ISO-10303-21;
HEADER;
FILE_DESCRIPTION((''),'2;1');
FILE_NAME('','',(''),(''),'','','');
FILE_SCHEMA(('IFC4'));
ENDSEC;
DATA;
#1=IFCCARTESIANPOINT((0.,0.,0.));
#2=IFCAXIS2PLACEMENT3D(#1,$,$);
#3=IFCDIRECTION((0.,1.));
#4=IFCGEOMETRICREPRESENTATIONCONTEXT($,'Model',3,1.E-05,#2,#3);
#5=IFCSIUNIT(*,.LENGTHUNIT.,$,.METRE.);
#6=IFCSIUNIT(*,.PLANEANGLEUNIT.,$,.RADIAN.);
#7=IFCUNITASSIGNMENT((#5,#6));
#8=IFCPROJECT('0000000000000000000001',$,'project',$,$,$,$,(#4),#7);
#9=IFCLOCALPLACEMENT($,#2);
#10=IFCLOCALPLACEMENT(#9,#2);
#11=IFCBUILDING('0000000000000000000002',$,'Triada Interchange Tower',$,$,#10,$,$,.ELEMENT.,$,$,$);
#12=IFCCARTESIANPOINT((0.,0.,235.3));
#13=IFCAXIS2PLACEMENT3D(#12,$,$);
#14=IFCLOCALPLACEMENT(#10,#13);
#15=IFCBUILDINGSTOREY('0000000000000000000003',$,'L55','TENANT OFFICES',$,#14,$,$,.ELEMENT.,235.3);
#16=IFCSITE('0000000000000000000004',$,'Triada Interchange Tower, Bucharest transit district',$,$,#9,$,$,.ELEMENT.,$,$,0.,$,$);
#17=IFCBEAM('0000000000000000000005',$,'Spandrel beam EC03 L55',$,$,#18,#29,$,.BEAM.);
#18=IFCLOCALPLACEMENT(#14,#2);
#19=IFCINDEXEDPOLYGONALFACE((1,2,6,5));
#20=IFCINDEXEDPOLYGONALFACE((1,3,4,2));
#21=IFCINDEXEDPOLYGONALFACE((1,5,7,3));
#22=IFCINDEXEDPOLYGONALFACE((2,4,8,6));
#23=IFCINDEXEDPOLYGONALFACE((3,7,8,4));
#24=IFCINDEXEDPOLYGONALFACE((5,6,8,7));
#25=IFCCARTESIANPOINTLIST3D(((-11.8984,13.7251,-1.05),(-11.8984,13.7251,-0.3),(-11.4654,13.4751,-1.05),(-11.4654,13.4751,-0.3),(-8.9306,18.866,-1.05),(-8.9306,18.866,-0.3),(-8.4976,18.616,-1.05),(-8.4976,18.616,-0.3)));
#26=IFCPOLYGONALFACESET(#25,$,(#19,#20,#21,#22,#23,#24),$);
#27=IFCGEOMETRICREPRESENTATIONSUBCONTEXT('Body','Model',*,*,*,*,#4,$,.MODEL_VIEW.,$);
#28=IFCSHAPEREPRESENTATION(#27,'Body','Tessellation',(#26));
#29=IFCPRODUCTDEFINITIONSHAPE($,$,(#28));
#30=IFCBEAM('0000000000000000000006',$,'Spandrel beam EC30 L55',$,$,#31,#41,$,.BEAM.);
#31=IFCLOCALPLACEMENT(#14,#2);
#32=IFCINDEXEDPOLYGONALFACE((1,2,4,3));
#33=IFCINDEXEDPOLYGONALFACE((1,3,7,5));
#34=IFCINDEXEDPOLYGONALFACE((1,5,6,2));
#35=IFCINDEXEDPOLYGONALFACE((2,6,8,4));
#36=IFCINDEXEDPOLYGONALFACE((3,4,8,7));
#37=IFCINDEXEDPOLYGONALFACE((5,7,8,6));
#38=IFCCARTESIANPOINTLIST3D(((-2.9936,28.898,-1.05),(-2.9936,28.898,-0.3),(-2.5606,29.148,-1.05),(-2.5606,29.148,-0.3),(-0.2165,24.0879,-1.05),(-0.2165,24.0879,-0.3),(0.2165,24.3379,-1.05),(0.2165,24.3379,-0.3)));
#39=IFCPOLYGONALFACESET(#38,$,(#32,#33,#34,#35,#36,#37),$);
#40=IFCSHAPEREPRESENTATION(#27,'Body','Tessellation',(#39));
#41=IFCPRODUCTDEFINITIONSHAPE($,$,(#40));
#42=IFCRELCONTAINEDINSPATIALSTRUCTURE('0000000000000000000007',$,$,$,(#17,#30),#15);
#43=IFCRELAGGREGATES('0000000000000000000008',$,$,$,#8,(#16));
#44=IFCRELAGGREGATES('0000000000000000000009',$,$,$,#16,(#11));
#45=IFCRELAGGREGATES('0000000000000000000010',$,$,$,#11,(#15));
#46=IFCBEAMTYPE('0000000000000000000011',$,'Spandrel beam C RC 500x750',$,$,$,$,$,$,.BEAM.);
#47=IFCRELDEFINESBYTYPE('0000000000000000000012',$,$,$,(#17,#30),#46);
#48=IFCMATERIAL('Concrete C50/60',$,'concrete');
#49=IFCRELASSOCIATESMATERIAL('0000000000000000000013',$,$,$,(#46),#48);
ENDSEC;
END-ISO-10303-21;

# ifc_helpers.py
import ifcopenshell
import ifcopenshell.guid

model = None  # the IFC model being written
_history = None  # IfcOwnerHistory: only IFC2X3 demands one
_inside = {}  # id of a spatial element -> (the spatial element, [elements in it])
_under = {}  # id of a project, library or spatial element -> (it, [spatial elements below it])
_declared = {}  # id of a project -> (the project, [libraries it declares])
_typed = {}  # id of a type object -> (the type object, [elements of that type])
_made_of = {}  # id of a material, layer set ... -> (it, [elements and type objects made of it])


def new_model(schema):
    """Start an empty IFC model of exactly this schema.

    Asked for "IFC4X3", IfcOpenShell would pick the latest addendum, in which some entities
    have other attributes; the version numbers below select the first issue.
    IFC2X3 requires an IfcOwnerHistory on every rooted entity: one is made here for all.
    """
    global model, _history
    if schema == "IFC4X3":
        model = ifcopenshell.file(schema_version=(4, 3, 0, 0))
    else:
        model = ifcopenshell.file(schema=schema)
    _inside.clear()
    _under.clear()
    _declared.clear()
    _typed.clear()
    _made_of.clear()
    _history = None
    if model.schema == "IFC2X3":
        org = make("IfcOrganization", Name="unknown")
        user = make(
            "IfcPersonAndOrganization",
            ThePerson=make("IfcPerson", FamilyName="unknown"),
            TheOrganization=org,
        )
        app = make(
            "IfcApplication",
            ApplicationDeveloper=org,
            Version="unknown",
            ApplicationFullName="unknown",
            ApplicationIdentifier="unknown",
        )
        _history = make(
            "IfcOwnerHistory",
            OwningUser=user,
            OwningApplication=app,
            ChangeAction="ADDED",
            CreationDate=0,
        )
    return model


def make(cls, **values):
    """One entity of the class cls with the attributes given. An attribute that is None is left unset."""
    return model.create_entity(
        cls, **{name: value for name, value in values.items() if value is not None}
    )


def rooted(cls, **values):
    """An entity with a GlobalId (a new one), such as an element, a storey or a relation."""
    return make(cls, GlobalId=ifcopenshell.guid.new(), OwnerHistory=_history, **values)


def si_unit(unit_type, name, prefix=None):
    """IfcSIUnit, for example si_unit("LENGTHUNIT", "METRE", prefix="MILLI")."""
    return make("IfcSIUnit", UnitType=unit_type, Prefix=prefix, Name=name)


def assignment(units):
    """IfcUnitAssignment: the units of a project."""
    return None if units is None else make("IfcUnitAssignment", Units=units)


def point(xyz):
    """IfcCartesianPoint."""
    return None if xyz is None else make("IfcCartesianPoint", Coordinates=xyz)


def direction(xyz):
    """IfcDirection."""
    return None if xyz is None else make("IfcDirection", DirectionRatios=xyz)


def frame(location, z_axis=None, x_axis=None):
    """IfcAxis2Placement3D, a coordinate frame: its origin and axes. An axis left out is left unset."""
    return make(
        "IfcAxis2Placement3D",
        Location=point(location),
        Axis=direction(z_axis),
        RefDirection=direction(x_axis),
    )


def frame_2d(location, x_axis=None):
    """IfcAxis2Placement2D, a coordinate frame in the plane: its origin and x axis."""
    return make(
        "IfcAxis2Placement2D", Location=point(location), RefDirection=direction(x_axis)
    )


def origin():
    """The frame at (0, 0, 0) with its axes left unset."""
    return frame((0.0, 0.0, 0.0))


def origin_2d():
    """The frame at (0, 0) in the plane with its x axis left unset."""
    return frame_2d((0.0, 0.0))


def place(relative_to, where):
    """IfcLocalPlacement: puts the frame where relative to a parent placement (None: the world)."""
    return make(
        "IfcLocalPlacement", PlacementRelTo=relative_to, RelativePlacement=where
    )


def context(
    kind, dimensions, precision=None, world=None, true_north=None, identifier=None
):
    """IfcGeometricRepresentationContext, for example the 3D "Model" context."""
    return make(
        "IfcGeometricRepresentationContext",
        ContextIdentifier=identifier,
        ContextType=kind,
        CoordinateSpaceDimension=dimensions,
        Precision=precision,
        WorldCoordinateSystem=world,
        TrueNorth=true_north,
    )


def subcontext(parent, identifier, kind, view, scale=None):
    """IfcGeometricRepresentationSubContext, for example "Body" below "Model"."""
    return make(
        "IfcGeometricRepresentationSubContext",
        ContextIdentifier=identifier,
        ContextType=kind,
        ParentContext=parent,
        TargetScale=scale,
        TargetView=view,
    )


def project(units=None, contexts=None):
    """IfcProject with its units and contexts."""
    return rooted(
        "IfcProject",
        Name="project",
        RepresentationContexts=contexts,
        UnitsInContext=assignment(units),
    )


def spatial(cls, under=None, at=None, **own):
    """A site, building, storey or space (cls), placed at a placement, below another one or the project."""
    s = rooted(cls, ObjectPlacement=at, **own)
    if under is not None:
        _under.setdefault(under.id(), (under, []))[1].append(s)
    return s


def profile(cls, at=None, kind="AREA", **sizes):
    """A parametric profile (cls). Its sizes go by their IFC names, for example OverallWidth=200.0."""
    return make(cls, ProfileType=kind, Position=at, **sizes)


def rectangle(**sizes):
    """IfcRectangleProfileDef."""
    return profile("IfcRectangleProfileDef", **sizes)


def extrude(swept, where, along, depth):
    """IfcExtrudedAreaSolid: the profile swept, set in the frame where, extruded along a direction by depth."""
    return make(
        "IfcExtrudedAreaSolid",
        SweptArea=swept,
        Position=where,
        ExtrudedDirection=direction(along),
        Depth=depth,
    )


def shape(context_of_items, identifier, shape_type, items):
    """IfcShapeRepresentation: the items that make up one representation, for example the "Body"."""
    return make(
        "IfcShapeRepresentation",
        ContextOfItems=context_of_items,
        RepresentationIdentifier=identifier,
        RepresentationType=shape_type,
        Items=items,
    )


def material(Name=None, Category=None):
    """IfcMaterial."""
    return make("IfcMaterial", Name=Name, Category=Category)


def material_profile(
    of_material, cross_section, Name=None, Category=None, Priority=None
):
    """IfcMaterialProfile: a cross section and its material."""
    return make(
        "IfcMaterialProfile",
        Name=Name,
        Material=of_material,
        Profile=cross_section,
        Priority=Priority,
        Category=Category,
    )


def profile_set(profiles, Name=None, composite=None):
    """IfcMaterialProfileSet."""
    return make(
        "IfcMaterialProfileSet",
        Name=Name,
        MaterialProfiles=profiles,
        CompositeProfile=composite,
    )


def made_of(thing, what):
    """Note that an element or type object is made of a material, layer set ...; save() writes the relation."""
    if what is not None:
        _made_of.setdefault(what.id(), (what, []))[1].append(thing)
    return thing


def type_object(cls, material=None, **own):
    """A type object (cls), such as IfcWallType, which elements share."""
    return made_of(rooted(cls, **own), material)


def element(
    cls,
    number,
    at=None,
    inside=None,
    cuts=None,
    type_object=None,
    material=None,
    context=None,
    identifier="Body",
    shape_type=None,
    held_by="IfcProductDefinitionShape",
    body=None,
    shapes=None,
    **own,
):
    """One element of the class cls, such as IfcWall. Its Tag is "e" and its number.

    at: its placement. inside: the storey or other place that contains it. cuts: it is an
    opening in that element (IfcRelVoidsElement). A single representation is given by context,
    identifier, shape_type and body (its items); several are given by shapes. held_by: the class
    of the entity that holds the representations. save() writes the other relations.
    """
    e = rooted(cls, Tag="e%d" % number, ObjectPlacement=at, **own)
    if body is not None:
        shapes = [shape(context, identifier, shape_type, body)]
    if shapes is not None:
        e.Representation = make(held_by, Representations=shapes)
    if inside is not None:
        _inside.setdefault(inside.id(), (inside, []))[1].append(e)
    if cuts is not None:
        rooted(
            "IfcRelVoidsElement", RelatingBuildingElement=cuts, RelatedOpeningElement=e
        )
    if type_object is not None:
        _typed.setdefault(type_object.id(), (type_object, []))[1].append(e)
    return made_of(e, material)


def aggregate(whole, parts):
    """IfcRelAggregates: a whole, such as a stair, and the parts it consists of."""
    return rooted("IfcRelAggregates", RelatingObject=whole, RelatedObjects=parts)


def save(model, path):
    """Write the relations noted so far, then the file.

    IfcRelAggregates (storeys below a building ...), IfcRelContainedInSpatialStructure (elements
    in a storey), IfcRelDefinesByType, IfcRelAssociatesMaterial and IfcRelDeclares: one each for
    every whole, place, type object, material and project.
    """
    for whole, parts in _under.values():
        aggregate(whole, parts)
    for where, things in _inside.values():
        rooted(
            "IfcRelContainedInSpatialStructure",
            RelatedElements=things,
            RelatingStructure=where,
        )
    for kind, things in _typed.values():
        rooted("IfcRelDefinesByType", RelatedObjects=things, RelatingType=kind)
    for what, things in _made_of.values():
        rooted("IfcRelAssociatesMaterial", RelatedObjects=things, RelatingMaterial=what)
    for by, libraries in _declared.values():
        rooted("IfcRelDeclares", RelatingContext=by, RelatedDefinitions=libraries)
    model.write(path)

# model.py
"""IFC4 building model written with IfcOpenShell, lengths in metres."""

from ifc_helpers import new_model, si_unit, direction, frame, origin, origin_2d, place, context, subcontext, project, spatial, rectangle, extrude, material, material_profile, profile_set, type_object, element, save


model = new_model("IFC4")

# Units and contexts
model_context = context("Model", 3, precision=1e-05, world=origin(), true_north=direction((0.0, 1.0)))
body_context = subcontext(model_context, "Body", "Model", "MODEL_VIEW")
ifc_project = project(units=[si_unit("LENGTHUNIT", "METRE"), si_unit("PLANEANGLEUNIT", "RADIAN")], contexts=[model_context])

# Site, building, storey
site_placement = place(None, origin())
site = spatial("IfcSite", under=ifc_project, at=site_placement, Name="Triada Interchange Tower, Bucharest transit district", CompositionType="ELEMENT", RefElevation=0.0)
building_placement = place(site_placement, origin())
building = spatial("IfcBuilding", under=site, at=building_placement, Name="Triada Interchange Tower", CompositionType="ELEMENT")
storey_placement = place(building_placement, frame((0.0, 0.0, 235.3)))
storey = spatial("IfcBuildingStorey", under=building, at=storey_placement, Name="L55", Description="TENANT OFFICES", CompositionType="ELEMENT", Elevation=235.3)

# Shared definitions
ifc_material_1 = material(Name="Concrete C50/60", Category="concrete")

# Beams
ifc_material_profile_1 = material_profile(ifc_material_1, rectangle(XDim=0.5, YDim=0.75, at=origin_2d()), Name="RC 500x750")
ifc_profile_set_1 = profile_set([ifc_material_profile_1], Name="Concrete C50/60")
beam_type_1 = type_object("IfcBeamType", Name="Spandrel beam C RC 500x750", PredefinedType="BEAM", material=ifc_profile_set_1)
beam_1_placement = place(storey_placement, frame((-8.7141, 18.741, -0.675), z_axis=(-0.499961, -0.866048, 0.0), x_axis=(0.866048, -0.499961, 0.0)))
element("IfcBeam", 1, at=beam_1_placement, inside=storey, type_object=beam_type_1, Name="Spandrel beam EC03 L55", PredefinedType="BEAM", context=body_context, shape_type="SweptSolid", body=[
    extrude(rectangle(XDim=0.5, YDim=0.75, at=origin_2d()), origin(), (0.0, 0.0, 1.0), 5.936),
])
beam_2_placement = place(storey_placement, frame((0.0, 24.2129, -0.675), z_axis=(-0.500001, 0.866025, 0.0), x_axis=(-0.866025, -0.500001, 0.0)))
element("IfcBeam", 2, at=beam_2_placement, inside=storey, type_object=beam_type_1, Name="Spandrel beam EC30 L55", PredefinedType="BEAM", context=body_context, shape_type="SweptSolid", body=[
    extrude(rectangle(XDim=0.5, YDim=0.75, at=origin_2d()), origin(), (0.0, 0.0, 1.0), 5.5542),
])

save(model, "model.ifc")
